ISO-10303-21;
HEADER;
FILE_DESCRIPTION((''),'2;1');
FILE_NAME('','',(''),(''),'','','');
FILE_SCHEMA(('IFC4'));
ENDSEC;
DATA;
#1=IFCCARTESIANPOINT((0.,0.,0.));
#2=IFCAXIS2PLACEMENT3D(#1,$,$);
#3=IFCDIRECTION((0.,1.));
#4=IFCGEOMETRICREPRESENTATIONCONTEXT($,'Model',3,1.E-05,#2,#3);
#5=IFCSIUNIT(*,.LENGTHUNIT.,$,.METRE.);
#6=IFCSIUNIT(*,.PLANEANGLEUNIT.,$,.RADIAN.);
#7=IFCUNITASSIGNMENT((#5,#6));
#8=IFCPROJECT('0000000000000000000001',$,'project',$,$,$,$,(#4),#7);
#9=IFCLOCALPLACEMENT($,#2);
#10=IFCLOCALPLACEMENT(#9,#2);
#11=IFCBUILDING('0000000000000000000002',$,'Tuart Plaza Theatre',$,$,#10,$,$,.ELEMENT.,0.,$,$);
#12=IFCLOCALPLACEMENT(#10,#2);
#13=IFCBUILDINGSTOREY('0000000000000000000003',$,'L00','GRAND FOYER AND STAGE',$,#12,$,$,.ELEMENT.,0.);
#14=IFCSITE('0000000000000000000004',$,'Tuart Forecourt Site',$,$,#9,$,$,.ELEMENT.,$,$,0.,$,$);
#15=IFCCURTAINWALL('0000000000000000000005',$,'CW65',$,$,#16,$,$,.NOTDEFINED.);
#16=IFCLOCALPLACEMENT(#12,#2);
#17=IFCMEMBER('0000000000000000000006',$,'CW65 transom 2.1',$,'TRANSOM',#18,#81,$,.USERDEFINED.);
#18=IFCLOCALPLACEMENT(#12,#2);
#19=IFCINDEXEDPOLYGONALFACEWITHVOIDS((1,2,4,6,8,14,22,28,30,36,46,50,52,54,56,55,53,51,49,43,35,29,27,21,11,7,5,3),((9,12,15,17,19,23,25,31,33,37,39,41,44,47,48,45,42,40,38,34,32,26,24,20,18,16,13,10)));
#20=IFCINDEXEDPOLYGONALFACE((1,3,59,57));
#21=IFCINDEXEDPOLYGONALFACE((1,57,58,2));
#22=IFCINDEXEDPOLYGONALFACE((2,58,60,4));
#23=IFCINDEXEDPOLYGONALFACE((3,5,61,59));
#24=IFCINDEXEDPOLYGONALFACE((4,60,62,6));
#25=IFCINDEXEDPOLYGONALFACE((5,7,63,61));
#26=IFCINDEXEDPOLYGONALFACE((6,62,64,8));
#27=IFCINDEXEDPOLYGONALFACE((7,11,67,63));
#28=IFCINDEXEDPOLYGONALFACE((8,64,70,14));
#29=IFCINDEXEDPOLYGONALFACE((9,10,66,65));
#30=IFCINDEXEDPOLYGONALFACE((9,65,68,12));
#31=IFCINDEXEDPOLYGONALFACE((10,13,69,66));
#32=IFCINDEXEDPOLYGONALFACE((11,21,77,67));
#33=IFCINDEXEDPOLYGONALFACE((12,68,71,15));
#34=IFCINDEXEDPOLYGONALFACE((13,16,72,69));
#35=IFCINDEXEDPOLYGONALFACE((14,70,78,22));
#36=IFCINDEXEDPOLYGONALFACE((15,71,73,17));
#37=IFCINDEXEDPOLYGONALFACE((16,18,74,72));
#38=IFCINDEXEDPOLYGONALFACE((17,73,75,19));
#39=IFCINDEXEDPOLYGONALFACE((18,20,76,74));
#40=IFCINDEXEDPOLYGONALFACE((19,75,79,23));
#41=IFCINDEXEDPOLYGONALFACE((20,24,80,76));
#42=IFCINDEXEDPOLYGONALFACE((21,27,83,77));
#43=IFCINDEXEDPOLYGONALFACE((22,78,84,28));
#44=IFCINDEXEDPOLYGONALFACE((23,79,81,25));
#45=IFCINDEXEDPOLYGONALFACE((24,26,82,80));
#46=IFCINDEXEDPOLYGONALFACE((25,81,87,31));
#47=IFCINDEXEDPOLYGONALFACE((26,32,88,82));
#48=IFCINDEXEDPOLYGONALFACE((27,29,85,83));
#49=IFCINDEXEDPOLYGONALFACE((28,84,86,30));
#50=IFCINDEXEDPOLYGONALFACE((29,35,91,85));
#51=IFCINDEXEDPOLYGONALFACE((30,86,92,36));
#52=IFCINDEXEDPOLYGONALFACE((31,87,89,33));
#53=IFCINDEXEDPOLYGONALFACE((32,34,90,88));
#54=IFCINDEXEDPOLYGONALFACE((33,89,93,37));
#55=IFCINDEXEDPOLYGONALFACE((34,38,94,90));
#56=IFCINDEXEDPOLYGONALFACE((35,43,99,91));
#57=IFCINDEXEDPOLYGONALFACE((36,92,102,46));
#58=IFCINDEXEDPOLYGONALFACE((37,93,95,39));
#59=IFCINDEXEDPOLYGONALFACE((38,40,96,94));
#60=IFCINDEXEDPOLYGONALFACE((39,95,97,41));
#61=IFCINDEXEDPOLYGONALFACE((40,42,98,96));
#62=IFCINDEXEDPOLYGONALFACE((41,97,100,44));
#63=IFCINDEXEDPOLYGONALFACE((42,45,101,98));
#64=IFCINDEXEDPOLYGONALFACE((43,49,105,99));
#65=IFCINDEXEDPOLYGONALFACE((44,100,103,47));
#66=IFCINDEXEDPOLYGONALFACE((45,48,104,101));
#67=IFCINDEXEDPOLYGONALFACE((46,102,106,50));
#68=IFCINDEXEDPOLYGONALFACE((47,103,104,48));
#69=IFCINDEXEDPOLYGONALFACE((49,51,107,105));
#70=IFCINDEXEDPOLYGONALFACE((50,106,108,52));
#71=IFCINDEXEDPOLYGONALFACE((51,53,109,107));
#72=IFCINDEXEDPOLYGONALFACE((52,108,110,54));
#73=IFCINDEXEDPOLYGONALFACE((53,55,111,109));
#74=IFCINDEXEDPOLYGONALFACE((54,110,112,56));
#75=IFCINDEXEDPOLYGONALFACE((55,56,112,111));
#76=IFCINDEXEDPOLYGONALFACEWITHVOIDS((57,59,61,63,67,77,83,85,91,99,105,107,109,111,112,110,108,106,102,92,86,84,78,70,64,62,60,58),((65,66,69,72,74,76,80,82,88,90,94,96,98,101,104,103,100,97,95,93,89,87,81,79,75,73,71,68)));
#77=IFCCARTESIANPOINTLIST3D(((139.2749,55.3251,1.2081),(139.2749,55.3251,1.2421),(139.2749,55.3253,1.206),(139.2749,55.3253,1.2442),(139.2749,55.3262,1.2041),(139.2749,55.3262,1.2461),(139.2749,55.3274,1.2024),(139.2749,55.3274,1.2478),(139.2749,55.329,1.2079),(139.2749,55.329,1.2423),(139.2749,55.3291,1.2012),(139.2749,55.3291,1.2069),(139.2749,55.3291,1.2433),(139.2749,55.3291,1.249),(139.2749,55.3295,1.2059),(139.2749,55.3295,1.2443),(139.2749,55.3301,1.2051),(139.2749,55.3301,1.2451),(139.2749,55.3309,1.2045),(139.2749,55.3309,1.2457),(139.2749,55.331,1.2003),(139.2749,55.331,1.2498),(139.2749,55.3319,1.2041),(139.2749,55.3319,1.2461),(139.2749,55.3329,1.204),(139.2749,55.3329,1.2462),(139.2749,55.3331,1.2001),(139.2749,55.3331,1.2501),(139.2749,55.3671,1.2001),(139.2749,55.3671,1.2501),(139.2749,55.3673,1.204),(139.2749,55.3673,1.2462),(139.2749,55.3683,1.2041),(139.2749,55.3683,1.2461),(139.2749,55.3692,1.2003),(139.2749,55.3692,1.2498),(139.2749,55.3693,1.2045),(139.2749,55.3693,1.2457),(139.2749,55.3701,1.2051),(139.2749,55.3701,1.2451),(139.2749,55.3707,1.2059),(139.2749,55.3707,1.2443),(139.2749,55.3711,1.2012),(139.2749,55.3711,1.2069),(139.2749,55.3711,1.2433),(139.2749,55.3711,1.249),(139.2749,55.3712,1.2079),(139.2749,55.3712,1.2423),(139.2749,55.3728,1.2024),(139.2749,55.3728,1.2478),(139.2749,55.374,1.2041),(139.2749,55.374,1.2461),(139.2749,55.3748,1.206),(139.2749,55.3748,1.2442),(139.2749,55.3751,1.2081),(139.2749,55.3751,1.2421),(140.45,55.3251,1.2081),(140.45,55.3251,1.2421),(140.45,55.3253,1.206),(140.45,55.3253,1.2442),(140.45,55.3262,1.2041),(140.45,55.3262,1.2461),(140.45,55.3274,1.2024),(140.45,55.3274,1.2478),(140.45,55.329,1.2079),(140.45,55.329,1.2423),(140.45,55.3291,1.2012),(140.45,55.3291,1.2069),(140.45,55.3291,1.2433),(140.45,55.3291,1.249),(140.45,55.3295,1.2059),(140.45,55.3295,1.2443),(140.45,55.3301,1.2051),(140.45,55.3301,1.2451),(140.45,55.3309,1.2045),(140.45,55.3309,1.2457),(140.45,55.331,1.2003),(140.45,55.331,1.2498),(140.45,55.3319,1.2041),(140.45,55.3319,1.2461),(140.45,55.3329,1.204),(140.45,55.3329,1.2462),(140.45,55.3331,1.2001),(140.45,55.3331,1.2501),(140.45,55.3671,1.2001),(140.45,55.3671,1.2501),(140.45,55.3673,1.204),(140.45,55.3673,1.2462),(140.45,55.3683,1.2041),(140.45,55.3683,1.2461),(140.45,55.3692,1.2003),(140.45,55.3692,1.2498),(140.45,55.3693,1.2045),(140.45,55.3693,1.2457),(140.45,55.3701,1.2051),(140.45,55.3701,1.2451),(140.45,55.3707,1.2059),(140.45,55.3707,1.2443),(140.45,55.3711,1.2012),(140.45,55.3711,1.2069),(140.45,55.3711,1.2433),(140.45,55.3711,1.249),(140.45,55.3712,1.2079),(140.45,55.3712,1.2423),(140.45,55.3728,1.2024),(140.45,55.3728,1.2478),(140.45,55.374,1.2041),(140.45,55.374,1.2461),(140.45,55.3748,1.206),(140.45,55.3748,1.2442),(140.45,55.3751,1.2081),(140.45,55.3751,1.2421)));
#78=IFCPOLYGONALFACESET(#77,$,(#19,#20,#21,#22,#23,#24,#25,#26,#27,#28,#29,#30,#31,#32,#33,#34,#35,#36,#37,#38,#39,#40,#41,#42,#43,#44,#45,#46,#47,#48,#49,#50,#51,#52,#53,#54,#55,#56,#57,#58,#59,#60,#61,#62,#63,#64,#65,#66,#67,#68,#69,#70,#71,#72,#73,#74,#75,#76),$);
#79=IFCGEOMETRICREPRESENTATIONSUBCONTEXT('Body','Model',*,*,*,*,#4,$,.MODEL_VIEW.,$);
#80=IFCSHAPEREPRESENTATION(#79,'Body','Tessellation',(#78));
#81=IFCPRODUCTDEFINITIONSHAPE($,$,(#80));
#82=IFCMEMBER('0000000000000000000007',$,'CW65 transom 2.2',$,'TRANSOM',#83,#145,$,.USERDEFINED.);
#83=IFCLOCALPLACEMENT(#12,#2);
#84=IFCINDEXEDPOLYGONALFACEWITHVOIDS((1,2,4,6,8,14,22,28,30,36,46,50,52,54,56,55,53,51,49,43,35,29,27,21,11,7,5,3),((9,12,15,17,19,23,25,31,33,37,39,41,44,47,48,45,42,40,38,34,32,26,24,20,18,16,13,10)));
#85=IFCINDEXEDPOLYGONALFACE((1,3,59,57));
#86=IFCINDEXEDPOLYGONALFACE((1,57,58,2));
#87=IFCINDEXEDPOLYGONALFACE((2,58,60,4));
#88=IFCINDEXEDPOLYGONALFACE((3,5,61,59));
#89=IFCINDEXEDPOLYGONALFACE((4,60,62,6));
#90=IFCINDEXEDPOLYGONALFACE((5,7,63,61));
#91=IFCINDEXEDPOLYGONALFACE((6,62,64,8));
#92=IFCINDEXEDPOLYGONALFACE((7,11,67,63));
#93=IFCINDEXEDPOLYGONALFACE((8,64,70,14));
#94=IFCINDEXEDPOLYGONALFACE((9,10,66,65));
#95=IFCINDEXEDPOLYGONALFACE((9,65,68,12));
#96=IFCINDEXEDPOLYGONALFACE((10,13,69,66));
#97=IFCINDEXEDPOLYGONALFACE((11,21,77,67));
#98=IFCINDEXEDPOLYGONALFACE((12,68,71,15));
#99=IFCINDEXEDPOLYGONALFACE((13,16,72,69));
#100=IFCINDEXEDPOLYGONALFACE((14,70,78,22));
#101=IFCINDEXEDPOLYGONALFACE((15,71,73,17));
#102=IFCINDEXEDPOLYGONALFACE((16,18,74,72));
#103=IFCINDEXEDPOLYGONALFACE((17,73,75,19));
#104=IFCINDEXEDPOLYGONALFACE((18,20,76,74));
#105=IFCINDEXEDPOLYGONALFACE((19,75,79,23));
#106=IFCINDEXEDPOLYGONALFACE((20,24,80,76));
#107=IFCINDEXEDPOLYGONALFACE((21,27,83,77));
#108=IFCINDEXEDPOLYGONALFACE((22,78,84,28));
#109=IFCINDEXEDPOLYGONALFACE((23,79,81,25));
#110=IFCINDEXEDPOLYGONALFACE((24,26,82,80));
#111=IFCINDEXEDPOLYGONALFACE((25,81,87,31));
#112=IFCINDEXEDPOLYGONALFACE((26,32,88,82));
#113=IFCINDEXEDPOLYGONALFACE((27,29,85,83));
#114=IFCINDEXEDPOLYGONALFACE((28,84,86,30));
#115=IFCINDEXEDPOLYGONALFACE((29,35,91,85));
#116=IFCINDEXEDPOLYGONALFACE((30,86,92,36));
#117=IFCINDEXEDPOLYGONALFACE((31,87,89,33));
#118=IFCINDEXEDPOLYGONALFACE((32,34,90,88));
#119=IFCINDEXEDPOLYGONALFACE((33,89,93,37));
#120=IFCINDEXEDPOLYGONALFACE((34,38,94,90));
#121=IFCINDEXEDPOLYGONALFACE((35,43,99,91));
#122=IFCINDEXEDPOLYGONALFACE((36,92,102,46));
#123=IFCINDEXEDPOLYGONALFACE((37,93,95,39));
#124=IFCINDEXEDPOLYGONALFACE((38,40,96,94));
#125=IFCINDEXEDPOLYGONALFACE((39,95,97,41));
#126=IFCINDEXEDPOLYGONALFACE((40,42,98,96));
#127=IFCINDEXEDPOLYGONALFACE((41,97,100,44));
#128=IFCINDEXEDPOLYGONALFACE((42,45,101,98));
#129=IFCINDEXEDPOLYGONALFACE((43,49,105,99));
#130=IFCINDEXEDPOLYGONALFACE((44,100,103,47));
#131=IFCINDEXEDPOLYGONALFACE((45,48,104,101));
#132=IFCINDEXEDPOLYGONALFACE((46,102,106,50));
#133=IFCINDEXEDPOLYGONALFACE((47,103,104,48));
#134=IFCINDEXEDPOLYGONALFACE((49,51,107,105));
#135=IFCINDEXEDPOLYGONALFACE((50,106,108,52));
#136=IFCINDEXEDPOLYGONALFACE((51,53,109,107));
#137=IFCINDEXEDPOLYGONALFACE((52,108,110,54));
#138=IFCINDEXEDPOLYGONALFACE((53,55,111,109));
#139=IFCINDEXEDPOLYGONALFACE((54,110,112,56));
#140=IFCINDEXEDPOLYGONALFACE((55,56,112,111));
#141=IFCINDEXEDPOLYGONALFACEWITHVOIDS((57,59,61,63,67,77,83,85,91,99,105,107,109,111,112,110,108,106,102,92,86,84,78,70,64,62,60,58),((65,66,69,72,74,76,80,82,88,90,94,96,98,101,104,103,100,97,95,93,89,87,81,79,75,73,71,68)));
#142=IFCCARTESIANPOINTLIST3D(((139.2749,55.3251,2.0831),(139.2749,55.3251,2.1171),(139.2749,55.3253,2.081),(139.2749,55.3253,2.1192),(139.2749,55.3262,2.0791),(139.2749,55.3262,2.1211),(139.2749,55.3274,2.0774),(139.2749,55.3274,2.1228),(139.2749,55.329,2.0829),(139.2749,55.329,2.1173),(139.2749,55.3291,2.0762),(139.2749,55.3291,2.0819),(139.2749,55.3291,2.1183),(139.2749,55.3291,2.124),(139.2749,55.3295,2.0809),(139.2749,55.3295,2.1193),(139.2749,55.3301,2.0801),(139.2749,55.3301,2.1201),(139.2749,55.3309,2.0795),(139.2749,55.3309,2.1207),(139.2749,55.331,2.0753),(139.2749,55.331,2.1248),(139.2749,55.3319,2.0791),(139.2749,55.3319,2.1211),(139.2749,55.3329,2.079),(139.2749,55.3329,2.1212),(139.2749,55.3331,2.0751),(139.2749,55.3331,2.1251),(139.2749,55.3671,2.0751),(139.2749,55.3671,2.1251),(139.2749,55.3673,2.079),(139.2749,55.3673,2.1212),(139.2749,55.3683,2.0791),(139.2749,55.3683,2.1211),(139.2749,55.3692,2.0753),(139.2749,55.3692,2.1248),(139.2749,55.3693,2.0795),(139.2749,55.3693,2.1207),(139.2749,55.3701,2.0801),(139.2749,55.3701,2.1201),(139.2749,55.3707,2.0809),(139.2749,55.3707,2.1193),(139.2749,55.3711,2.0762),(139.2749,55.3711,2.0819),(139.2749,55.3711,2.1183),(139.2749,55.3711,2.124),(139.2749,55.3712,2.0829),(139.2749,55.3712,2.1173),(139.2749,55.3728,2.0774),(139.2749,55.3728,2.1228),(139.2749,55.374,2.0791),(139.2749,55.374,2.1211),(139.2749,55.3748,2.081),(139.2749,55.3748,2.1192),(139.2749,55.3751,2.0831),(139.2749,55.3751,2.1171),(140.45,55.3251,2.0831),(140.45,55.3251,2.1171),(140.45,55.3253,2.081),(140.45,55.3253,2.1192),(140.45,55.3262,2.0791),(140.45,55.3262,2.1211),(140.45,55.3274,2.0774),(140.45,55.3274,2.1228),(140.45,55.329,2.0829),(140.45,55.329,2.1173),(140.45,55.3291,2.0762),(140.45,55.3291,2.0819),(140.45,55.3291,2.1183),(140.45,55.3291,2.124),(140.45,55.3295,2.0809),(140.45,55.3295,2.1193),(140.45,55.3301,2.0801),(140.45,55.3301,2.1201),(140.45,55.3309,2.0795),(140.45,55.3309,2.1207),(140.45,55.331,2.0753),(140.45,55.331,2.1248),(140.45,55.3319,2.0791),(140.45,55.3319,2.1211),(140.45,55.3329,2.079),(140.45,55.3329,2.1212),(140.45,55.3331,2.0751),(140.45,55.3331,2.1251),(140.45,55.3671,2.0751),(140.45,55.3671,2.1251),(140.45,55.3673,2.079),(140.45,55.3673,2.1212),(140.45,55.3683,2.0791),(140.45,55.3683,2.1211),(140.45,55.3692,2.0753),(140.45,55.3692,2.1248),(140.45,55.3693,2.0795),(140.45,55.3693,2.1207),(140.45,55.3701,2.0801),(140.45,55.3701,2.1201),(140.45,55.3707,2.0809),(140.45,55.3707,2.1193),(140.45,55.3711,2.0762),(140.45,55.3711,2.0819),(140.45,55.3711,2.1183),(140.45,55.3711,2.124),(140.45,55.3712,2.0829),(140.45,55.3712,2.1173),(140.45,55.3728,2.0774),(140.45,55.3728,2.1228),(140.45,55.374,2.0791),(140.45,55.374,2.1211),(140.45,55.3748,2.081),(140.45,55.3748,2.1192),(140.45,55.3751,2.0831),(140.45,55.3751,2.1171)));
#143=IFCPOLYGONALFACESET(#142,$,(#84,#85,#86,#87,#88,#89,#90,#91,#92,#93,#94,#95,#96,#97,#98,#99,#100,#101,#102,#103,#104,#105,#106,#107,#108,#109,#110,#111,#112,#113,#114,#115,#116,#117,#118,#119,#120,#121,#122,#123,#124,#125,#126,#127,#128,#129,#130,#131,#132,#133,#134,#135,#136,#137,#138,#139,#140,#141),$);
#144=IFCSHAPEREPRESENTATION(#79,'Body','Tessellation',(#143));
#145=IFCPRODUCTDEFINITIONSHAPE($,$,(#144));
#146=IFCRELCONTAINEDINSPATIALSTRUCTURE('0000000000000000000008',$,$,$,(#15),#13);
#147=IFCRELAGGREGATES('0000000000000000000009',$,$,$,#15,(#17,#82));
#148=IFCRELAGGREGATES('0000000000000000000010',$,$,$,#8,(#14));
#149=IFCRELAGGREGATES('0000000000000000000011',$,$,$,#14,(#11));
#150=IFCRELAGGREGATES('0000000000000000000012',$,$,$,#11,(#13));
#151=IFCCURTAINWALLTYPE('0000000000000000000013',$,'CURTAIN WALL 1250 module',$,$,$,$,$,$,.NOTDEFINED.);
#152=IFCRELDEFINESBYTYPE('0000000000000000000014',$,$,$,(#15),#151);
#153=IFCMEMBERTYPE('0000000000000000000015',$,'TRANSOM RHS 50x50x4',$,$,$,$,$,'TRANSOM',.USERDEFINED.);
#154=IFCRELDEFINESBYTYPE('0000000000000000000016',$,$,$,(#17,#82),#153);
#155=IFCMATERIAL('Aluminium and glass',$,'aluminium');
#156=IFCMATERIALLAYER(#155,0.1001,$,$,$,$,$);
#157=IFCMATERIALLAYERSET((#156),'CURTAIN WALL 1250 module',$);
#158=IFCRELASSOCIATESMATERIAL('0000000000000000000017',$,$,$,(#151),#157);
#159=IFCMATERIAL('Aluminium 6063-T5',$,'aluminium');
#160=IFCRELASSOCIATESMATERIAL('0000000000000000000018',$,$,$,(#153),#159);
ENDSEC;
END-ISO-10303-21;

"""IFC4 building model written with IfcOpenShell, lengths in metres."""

from ifc_helpers import new_model, si_unit, direction, frame, origin, origin_2d, place, context, subcontext, project, spatial, hollow_rectangle, extrude, material, layer, layer_set, material_profile, profile_set, type_object, element, aggregate, save


model = new_model("IFC4")

# Units and contexts
model_context = context("Model", 3, precision=1e-05, world=origin(), true_north=direction((0.0, 1.0)))
body_context = subcontext(model_context, "Body", "Model", "MODEL_VIEW")
ifc_project = project(units=[si_unit("LENGTHUNIT", "METRE"), si_unit("PLANEANGLEUNIT", "RADIAN")], contexts=[model_context])

# Site, building, storey
site_placement = place(None, origin())
site = spatial("IfcSite", under=ifc_project, at=site_placement, Name="Tuart Forecourt Site", CompositionType="ELEMENT", RefElevation=0.0)
building_placement = place(site_placement, origin())
building = spatial("IfcBuilding", under=site, at=building_placement, Name="Tuart Plaza Theatre", CompositionType="ELEMENT", ElevationOfRefHeight=0.0)
storey_placement = place(building_placement, origin())
storey = spatial("IfcBuildingStorey", under=building, at=storey_placement, Name="L00", Description="GRAND FOYER AND STAGE", CompositionType="ELEMENT", Elevation=0.0)

# Curtain wall
ifc_material_1 = material(Name="Aluminium and glass", Category="aluminium")
ifc_layer_1 = layer(ifc_material_1, 0.1001)
ifc_layer_set_1 = layer_set([ifc_layer_1], Name="CURTAIN WALL 1250 module")
curtain_wall_type_1 = type_object("IfcCurtainWallType", Name="CURTAIN WALL 1250 module", PredefinedType="NOTDEFINED", material=ifc_layer_set_1)
curtain_wall_1_placement = place(storey_placement, origin())
curtain_wall_1 = element("IfcCurtainWall", 1, at=curtain_wall_1_placement, inside=storey, type_object=curtain_wall_type_1, Name="CW65", PredefinedType="NOTDEFINED")

# Members
ifc_material_2 = material(Name="Aluminium 6063-T5", Category="aluminium")
ifc_material_profile_1 = material_profile(ifc_material_2, hollow_rectangle(XDim=0.05, YDim=0.05, WallThickness=0.0039, InnerFilletRadius=0.0039, OuterFilletRadius=0.0081, at=origin_2d()), Name="RHS 50x50x4")
ifc_profile_set_1 = profile_set([ifc_material_profile_1], Name="Aluminium 6063-T5")
member_type_1 = type_object("IfcMemberType", Name="TRANSOM RHS 50x50x4", ElementType="TRANSOM", PredefinedType="USERDEFINED", material=ifc_profile_set_1)
member_1_placement = place(storey_placement, frame((139.2749, 55.3501, 1.2251), z_axis=(1.0, 0.0, 0.0), x_axis=(0.0, 1.0, 0.0)))
member_1 = element("IfcMember", 2, at=member_1_placement, type_object=member_type_1, Name="CW65 transom 2.1", ObjectType="TRANSOM", PredefinedType="USERDEFINED", context=body_context, shape_type="SweptSolid", body=[
    extrude(hollow_rectangle(XDim=0.05, YDim=0.05, WallThickness=0.0039, InnerFilletRadius=0.0039, OuterFilletRadius=0.0081, at=origin_2d()), origin(), (0.0, 0.0, 1.0), 1.175),
])
member_2_placement = place(storey_placement, frame((139.2749, 55.3501, 2.1001), z_axis=(1.0, 0.0, 0.0), x_axis=(0.0, 1.0, 0.0)))
member_2 = element("IfcMember", 3, at=member_2_placement, type_object=member_type_1, Name="CW65 transom 2.2", ObjectType="TRANSOM", PredefinedType="USERDEFINED", context=body_context, shape_type="SweptSolid", body=[
    extrude(hollow_rectangle(XDim=0.05, YDim=0.05, WallThickness=0.0039, InnerFilletRadius=0.0039, OuterFilletRadius=0.0081, at=origin_2d()), origin(), (0.0, 0.0, 1.0), 1.175),
])

aggregate(curtain_wall_1, [member_1, member_2])

save(model, "model.ifc")
